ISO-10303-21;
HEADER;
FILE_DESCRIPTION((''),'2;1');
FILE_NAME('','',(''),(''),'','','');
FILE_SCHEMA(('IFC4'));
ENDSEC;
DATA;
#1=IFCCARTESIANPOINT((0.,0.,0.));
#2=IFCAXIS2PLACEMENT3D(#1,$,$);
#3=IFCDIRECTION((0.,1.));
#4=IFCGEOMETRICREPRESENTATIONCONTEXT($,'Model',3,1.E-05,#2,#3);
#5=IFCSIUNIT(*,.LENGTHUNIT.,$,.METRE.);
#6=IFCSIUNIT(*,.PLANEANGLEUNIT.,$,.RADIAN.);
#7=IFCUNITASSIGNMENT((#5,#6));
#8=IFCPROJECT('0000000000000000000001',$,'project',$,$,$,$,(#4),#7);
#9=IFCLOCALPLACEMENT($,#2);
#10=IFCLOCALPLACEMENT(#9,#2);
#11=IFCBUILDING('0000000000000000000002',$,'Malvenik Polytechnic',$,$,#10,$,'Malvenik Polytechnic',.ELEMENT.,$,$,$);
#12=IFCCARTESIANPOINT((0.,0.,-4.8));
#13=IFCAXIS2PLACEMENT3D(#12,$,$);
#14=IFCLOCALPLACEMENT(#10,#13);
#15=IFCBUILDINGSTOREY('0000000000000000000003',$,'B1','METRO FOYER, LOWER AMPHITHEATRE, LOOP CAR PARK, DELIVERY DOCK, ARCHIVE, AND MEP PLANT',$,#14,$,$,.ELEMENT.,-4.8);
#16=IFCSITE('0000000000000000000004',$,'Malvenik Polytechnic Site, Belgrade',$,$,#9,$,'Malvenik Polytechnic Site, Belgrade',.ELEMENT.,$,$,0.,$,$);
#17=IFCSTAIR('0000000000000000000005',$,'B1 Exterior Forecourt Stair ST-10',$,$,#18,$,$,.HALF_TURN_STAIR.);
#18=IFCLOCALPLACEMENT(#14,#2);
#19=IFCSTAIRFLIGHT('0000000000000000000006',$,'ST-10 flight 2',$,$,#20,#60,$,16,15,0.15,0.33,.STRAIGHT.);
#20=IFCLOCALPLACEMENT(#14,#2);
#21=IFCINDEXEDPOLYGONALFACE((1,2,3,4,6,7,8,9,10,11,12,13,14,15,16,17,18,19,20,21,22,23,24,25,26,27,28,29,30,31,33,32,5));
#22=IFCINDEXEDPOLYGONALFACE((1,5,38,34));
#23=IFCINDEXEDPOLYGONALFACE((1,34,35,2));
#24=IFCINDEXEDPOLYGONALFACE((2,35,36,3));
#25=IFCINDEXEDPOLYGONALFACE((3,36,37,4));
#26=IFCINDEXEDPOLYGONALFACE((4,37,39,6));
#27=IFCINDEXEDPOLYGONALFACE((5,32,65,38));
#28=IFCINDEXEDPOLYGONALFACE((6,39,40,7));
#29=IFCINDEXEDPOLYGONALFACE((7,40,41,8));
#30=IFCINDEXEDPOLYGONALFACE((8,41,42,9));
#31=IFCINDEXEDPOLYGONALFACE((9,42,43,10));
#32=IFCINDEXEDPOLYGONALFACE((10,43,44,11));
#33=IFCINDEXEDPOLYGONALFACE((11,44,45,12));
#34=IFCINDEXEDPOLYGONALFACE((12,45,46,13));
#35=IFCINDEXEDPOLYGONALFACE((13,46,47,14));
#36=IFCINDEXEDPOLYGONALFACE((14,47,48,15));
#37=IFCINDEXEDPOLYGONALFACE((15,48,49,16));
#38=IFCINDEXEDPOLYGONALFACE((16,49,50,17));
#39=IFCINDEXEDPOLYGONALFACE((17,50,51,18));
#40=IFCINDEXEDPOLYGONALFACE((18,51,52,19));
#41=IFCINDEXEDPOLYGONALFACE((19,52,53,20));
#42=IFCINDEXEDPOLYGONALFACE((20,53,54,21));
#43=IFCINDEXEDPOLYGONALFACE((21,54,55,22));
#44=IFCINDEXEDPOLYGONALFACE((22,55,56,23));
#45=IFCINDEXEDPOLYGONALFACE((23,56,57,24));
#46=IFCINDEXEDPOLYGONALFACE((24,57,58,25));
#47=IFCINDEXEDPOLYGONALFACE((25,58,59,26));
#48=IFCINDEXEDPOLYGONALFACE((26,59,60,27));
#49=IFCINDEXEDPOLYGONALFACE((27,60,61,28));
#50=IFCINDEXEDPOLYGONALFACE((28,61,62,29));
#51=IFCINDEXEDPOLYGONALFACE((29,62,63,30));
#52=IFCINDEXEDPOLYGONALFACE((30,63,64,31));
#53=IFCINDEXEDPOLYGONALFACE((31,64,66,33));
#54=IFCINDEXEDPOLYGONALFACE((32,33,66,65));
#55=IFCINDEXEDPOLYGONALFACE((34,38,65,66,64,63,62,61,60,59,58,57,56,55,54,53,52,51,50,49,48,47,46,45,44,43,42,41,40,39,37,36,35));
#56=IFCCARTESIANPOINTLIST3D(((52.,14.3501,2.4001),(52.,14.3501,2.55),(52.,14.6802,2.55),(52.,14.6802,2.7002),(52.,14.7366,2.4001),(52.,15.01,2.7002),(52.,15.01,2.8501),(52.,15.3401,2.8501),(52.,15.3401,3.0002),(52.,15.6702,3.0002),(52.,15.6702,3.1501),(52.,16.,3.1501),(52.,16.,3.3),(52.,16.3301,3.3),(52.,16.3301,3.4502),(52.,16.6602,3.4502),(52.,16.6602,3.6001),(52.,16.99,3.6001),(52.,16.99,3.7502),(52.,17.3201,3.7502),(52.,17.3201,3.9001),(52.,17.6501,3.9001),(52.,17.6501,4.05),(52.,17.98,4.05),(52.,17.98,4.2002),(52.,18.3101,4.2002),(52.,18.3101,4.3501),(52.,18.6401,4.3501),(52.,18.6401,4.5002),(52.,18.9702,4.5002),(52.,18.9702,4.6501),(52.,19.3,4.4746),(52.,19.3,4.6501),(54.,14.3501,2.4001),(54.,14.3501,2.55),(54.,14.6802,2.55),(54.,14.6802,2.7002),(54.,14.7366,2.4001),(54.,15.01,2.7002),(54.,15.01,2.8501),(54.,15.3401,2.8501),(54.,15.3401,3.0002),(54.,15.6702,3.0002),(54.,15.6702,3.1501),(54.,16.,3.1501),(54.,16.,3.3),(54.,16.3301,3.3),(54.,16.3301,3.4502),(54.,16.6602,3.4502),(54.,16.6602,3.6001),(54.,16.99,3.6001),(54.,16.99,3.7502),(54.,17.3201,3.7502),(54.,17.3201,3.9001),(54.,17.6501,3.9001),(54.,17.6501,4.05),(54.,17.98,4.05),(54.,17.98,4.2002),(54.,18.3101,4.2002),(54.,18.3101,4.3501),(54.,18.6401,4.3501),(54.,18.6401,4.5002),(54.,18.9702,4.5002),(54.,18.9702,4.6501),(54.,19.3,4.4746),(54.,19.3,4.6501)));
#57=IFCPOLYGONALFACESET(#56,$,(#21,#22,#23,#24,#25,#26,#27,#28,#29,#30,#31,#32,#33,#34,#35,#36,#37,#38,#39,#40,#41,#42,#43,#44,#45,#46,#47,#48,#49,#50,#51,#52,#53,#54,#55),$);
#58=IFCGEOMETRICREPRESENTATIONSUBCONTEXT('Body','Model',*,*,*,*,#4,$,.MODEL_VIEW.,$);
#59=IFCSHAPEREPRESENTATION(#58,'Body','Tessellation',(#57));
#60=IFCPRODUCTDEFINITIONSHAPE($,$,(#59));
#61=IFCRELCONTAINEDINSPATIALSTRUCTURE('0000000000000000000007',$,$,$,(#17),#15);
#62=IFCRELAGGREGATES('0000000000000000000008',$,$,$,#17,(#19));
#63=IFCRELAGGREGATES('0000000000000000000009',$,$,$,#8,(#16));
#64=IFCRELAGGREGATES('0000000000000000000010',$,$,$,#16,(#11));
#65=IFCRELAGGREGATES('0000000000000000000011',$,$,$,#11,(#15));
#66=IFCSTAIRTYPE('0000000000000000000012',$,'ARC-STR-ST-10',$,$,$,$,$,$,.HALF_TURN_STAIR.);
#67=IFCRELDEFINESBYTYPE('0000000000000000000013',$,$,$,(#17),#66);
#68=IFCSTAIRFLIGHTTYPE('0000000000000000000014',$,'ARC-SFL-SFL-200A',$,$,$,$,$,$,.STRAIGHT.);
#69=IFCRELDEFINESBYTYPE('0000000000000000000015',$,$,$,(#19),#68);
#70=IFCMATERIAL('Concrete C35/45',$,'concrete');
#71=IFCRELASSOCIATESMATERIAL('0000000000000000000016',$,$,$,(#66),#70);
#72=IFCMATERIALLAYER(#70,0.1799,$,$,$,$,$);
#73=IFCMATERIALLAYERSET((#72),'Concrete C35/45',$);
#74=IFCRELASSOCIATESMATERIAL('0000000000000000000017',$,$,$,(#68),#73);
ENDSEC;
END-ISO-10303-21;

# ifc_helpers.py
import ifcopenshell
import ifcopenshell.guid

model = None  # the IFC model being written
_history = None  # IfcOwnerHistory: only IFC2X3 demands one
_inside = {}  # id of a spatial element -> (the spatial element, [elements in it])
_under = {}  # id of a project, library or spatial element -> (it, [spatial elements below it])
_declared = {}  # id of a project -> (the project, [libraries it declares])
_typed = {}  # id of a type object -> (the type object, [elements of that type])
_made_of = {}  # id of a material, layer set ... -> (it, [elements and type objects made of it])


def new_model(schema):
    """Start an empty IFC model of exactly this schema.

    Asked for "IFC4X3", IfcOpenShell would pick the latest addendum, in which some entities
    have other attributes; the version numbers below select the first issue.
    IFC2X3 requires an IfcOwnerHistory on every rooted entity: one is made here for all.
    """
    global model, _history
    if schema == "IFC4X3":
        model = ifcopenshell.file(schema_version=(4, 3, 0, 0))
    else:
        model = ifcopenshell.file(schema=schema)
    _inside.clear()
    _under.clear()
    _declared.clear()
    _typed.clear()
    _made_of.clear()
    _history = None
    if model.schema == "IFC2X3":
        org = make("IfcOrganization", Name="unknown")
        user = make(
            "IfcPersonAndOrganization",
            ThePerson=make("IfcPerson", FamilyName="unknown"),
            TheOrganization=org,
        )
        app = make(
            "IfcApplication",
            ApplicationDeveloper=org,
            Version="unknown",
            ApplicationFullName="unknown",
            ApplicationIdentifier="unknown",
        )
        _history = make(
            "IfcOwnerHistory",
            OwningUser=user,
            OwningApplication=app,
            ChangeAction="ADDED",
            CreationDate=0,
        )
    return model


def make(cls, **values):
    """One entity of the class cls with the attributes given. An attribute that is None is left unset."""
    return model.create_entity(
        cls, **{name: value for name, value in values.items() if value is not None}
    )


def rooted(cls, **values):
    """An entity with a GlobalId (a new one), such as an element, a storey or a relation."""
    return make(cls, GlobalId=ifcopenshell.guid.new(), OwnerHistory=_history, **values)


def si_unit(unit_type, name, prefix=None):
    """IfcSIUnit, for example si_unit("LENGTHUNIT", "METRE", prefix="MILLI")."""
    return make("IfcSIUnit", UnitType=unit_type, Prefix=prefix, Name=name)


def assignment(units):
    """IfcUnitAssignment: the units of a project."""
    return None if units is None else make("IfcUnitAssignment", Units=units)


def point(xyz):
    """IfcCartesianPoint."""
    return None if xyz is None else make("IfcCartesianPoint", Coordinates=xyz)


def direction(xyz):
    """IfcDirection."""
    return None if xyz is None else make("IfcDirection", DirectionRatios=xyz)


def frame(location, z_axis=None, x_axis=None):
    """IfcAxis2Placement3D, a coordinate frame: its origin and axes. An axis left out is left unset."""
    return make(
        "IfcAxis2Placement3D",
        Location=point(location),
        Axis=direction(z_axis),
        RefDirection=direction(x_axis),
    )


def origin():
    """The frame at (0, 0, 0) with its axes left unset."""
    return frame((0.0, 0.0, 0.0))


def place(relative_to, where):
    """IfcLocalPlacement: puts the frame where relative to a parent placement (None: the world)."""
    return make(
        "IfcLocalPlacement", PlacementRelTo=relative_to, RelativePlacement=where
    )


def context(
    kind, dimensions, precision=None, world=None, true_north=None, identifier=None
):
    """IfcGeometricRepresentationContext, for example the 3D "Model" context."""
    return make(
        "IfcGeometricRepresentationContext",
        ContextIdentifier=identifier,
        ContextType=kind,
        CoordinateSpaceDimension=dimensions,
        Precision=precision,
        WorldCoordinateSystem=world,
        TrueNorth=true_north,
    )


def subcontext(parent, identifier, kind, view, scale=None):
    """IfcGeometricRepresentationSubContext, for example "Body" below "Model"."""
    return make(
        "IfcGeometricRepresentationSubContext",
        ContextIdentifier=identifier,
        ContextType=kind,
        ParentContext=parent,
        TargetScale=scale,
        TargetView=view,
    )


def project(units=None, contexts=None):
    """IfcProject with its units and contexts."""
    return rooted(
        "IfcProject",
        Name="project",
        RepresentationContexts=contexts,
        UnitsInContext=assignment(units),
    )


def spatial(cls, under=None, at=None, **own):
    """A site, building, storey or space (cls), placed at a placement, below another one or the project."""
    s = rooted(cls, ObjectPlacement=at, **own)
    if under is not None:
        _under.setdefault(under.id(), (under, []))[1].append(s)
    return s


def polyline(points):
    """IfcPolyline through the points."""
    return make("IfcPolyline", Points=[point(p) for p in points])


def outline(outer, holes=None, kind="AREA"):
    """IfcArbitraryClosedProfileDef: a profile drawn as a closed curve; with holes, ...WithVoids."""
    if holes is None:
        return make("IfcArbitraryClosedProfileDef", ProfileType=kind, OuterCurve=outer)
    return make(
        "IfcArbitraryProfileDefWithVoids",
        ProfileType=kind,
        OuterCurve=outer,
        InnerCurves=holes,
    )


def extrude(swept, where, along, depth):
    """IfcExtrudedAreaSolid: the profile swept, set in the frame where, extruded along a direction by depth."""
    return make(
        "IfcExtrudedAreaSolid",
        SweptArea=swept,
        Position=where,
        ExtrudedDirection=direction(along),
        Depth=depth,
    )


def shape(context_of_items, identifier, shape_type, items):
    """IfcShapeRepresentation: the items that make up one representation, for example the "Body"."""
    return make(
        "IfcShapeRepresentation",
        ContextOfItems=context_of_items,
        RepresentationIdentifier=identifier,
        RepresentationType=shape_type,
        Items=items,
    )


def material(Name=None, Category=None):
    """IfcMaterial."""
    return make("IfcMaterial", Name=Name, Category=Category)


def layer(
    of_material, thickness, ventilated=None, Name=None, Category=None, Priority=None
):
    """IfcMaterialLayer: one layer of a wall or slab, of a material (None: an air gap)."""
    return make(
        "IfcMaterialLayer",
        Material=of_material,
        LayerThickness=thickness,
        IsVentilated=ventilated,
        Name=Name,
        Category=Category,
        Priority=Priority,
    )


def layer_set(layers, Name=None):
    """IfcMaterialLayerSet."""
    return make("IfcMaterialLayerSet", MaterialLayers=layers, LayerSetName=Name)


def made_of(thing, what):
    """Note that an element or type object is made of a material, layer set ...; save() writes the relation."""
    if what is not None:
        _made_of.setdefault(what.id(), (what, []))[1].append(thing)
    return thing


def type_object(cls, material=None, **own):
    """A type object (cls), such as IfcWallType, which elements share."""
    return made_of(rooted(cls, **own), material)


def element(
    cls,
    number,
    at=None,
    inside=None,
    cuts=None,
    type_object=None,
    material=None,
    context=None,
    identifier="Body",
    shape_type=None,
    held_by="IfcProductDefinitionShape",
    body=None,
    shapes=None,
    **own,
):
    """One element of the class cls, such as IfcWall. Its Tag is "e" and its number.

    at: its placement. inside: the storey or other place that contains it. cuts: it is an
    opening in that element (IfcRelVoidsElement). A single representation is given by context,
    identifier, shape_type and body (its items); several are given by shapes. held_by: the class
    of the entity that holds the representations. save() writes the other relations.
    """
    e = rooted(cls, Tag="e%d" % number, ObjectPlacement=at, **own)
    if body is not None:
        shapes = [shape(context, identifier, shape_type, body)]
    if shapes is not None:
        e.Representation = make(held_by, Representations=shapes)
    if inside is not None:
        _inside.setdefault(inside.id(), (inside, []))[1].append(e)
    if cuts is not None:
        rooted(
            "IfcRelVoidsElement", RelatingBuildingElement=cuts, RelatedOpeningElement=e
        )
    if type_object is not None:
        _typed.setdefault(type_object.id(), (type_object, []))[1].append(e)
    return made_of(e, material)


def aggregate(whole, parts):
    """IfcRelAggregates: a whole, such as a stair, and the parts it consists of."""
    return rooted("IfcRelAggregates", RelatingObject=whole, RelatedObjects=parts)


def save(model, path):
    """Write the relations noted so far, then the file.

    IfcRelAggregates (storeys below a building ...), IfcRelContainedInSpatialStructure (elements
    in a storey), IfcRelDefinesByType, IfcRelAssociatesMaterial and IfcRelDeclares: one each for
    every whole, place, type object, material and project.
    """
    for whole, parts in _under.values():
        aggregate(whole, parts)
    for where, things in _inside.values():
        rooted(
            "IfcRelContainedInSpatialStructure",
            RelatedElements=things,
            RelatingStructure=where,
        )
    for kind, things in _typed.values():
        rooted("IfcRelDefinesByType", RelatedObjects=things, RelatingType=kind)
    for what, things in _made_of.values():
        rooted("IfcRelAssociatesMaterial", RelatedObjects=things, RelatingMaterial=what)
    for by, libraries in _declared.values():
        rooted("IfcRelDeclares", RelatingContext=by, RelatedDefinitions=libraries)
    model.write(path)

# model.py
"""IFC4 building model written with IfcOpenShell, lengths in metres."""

from ifc_helpers import new_model, si_unit, direction, frame, origin, place, context, subcontext, project, spatial, polyline, outline, extrude, material, layer, layer_set, type_object, element, aggregate, save


model = new_model("IFC4")

# Units and contexts
model_context = context("Model", 3, precision=1e-05, world=origin(), true_north=direction((0.0, 1.0)))
body_context = subcontext(model_context, "Body", "Model", "MODEL_VIEW")
ifc_project = project(units=[si_unit("LENGTHUNIT", "METRE"), si_unit("PLANEANGLEUNIT", "RADIAN")], contexts=[model_context])

# Site, building, storey
site_placement = place(None, origin())
site = spatial("IfcSite", under=ifc_project, at=site_placement, Name="Malvenik Polytechnic Site, Belgrade", LongName="Malvenik Polytechnic Site, Belgrade", CompositionType="ELEMENT", RefElevation=0.0)
building_placement = place(site_placement, origin())
building = spatial("IfcBuilding", under=site, at=building_placement, Name="Malvenik Polytechnic", LongName="Malvenik Polytechnic", CompositionType="ELEMENT")
storey_placement = place(building_placement, frame((0.0, 0.0, -4.8)))
storey = spatial("IfcBuildingStorey", under=building, at=storey_placement, Name="B1", Description="METRO FOYER, LOWER AMPHITHEATRE, LOOP CAR PARK, DELIVERY DOCK, ARCHIVE, AND MEP PLANT", CompositionType="ELEMENT", Elevation=-4.8)

# Shared definitions
ifc_material_1 = material(Name="Concrete C35/45", Category="concrete")

# Stair, stair flight
stair_type = type_object("IfcStairType", Name="ARC-STR-ST-10", PredefinedType="HALF_TURN_STAIR", material=ifc_material_1)
stair_placement = place(storey_placement, origin())
stair = element("IfcStair", 1, at=stair_placement, inside=storey, type_object=stair_type, Name="B1 Exterior Forecourt Stair ST-10", PredefinedType="HALF_TURN_STAIR")
ifc_layer_1 = layer(ifc_material_1, 0.1799)
ifc_layer_set_1 = layer_set([ifc_layer_1], Name="Concrete C35/45")
stair_flight_type = type_object("IfcStairFlightType", Name="ARC-SFL-SFL-200A", PredefinedType="STRAIGHT", material=ifc_layer_set_1)
stair_flight_1_placement = place(storey_placement, frame((53.0, 14.3501, 2.4001), z_axis=(0.0, 0.0, 1.0), x_axis=(0.0, 1.0, 0.0)))
stair_flight_1 = element("IfcStairFlight", 2, at=stair_flight_1_placement, type_object=stair_flight_type, Name="ST-10 flight 2", NumberOfRisers=16, NumberOfTreads=15, PredefinedType="STRAIGHT", RiserHeight=0.15, TreadLength=0.33, context=body_context, shape_type="SweptSolid", body=[
    extrude(outline(polyline([(0.0, 0.0), (0.0, 0.1499), (0.3301, 0.1499), (0.3301, 0.3), (0.6599, 0.3), (0.6599, 0.45), (0.99, 0.45), (0.99, 0.6001), (1.3201, 0.6001), (1.3201, 0.75), (1.6499, 0.75), (1.6499, 0.8999), (1.98, 0.8999), (1.98, 1.05), (2.3101, 1.05), (2.3101, 1.2), (2.6399, 1.2), (2.6399, 1.3501), (2.97, 1.3501), (2.97, 1.5), (3.3, 1.5), (3.3, 1.6499), (3.6299, 1.6499), (3.6299, 1.8), (3.96, 1.8), (3.96, 1.95), (4.29, 1.95), (4.29, 2.1001), (4.6201, 2.1001), (4.6201, 2.25), (4.95, 2.25), (4.95, 2.3999), (4.95, 2.0745), (0.3865, 0.0), (0.0, 0.0)])), frame((0.0, 1.0, 0.0), z_axis=(0.0, -1.0, 0.0), x_axis=(1.0, 0.0, 0.0)), (0.0, 0.0, 1.0), 2.0),
])
aggregate(stair, [stair_flight_1])

save(model, "model.ifc")
